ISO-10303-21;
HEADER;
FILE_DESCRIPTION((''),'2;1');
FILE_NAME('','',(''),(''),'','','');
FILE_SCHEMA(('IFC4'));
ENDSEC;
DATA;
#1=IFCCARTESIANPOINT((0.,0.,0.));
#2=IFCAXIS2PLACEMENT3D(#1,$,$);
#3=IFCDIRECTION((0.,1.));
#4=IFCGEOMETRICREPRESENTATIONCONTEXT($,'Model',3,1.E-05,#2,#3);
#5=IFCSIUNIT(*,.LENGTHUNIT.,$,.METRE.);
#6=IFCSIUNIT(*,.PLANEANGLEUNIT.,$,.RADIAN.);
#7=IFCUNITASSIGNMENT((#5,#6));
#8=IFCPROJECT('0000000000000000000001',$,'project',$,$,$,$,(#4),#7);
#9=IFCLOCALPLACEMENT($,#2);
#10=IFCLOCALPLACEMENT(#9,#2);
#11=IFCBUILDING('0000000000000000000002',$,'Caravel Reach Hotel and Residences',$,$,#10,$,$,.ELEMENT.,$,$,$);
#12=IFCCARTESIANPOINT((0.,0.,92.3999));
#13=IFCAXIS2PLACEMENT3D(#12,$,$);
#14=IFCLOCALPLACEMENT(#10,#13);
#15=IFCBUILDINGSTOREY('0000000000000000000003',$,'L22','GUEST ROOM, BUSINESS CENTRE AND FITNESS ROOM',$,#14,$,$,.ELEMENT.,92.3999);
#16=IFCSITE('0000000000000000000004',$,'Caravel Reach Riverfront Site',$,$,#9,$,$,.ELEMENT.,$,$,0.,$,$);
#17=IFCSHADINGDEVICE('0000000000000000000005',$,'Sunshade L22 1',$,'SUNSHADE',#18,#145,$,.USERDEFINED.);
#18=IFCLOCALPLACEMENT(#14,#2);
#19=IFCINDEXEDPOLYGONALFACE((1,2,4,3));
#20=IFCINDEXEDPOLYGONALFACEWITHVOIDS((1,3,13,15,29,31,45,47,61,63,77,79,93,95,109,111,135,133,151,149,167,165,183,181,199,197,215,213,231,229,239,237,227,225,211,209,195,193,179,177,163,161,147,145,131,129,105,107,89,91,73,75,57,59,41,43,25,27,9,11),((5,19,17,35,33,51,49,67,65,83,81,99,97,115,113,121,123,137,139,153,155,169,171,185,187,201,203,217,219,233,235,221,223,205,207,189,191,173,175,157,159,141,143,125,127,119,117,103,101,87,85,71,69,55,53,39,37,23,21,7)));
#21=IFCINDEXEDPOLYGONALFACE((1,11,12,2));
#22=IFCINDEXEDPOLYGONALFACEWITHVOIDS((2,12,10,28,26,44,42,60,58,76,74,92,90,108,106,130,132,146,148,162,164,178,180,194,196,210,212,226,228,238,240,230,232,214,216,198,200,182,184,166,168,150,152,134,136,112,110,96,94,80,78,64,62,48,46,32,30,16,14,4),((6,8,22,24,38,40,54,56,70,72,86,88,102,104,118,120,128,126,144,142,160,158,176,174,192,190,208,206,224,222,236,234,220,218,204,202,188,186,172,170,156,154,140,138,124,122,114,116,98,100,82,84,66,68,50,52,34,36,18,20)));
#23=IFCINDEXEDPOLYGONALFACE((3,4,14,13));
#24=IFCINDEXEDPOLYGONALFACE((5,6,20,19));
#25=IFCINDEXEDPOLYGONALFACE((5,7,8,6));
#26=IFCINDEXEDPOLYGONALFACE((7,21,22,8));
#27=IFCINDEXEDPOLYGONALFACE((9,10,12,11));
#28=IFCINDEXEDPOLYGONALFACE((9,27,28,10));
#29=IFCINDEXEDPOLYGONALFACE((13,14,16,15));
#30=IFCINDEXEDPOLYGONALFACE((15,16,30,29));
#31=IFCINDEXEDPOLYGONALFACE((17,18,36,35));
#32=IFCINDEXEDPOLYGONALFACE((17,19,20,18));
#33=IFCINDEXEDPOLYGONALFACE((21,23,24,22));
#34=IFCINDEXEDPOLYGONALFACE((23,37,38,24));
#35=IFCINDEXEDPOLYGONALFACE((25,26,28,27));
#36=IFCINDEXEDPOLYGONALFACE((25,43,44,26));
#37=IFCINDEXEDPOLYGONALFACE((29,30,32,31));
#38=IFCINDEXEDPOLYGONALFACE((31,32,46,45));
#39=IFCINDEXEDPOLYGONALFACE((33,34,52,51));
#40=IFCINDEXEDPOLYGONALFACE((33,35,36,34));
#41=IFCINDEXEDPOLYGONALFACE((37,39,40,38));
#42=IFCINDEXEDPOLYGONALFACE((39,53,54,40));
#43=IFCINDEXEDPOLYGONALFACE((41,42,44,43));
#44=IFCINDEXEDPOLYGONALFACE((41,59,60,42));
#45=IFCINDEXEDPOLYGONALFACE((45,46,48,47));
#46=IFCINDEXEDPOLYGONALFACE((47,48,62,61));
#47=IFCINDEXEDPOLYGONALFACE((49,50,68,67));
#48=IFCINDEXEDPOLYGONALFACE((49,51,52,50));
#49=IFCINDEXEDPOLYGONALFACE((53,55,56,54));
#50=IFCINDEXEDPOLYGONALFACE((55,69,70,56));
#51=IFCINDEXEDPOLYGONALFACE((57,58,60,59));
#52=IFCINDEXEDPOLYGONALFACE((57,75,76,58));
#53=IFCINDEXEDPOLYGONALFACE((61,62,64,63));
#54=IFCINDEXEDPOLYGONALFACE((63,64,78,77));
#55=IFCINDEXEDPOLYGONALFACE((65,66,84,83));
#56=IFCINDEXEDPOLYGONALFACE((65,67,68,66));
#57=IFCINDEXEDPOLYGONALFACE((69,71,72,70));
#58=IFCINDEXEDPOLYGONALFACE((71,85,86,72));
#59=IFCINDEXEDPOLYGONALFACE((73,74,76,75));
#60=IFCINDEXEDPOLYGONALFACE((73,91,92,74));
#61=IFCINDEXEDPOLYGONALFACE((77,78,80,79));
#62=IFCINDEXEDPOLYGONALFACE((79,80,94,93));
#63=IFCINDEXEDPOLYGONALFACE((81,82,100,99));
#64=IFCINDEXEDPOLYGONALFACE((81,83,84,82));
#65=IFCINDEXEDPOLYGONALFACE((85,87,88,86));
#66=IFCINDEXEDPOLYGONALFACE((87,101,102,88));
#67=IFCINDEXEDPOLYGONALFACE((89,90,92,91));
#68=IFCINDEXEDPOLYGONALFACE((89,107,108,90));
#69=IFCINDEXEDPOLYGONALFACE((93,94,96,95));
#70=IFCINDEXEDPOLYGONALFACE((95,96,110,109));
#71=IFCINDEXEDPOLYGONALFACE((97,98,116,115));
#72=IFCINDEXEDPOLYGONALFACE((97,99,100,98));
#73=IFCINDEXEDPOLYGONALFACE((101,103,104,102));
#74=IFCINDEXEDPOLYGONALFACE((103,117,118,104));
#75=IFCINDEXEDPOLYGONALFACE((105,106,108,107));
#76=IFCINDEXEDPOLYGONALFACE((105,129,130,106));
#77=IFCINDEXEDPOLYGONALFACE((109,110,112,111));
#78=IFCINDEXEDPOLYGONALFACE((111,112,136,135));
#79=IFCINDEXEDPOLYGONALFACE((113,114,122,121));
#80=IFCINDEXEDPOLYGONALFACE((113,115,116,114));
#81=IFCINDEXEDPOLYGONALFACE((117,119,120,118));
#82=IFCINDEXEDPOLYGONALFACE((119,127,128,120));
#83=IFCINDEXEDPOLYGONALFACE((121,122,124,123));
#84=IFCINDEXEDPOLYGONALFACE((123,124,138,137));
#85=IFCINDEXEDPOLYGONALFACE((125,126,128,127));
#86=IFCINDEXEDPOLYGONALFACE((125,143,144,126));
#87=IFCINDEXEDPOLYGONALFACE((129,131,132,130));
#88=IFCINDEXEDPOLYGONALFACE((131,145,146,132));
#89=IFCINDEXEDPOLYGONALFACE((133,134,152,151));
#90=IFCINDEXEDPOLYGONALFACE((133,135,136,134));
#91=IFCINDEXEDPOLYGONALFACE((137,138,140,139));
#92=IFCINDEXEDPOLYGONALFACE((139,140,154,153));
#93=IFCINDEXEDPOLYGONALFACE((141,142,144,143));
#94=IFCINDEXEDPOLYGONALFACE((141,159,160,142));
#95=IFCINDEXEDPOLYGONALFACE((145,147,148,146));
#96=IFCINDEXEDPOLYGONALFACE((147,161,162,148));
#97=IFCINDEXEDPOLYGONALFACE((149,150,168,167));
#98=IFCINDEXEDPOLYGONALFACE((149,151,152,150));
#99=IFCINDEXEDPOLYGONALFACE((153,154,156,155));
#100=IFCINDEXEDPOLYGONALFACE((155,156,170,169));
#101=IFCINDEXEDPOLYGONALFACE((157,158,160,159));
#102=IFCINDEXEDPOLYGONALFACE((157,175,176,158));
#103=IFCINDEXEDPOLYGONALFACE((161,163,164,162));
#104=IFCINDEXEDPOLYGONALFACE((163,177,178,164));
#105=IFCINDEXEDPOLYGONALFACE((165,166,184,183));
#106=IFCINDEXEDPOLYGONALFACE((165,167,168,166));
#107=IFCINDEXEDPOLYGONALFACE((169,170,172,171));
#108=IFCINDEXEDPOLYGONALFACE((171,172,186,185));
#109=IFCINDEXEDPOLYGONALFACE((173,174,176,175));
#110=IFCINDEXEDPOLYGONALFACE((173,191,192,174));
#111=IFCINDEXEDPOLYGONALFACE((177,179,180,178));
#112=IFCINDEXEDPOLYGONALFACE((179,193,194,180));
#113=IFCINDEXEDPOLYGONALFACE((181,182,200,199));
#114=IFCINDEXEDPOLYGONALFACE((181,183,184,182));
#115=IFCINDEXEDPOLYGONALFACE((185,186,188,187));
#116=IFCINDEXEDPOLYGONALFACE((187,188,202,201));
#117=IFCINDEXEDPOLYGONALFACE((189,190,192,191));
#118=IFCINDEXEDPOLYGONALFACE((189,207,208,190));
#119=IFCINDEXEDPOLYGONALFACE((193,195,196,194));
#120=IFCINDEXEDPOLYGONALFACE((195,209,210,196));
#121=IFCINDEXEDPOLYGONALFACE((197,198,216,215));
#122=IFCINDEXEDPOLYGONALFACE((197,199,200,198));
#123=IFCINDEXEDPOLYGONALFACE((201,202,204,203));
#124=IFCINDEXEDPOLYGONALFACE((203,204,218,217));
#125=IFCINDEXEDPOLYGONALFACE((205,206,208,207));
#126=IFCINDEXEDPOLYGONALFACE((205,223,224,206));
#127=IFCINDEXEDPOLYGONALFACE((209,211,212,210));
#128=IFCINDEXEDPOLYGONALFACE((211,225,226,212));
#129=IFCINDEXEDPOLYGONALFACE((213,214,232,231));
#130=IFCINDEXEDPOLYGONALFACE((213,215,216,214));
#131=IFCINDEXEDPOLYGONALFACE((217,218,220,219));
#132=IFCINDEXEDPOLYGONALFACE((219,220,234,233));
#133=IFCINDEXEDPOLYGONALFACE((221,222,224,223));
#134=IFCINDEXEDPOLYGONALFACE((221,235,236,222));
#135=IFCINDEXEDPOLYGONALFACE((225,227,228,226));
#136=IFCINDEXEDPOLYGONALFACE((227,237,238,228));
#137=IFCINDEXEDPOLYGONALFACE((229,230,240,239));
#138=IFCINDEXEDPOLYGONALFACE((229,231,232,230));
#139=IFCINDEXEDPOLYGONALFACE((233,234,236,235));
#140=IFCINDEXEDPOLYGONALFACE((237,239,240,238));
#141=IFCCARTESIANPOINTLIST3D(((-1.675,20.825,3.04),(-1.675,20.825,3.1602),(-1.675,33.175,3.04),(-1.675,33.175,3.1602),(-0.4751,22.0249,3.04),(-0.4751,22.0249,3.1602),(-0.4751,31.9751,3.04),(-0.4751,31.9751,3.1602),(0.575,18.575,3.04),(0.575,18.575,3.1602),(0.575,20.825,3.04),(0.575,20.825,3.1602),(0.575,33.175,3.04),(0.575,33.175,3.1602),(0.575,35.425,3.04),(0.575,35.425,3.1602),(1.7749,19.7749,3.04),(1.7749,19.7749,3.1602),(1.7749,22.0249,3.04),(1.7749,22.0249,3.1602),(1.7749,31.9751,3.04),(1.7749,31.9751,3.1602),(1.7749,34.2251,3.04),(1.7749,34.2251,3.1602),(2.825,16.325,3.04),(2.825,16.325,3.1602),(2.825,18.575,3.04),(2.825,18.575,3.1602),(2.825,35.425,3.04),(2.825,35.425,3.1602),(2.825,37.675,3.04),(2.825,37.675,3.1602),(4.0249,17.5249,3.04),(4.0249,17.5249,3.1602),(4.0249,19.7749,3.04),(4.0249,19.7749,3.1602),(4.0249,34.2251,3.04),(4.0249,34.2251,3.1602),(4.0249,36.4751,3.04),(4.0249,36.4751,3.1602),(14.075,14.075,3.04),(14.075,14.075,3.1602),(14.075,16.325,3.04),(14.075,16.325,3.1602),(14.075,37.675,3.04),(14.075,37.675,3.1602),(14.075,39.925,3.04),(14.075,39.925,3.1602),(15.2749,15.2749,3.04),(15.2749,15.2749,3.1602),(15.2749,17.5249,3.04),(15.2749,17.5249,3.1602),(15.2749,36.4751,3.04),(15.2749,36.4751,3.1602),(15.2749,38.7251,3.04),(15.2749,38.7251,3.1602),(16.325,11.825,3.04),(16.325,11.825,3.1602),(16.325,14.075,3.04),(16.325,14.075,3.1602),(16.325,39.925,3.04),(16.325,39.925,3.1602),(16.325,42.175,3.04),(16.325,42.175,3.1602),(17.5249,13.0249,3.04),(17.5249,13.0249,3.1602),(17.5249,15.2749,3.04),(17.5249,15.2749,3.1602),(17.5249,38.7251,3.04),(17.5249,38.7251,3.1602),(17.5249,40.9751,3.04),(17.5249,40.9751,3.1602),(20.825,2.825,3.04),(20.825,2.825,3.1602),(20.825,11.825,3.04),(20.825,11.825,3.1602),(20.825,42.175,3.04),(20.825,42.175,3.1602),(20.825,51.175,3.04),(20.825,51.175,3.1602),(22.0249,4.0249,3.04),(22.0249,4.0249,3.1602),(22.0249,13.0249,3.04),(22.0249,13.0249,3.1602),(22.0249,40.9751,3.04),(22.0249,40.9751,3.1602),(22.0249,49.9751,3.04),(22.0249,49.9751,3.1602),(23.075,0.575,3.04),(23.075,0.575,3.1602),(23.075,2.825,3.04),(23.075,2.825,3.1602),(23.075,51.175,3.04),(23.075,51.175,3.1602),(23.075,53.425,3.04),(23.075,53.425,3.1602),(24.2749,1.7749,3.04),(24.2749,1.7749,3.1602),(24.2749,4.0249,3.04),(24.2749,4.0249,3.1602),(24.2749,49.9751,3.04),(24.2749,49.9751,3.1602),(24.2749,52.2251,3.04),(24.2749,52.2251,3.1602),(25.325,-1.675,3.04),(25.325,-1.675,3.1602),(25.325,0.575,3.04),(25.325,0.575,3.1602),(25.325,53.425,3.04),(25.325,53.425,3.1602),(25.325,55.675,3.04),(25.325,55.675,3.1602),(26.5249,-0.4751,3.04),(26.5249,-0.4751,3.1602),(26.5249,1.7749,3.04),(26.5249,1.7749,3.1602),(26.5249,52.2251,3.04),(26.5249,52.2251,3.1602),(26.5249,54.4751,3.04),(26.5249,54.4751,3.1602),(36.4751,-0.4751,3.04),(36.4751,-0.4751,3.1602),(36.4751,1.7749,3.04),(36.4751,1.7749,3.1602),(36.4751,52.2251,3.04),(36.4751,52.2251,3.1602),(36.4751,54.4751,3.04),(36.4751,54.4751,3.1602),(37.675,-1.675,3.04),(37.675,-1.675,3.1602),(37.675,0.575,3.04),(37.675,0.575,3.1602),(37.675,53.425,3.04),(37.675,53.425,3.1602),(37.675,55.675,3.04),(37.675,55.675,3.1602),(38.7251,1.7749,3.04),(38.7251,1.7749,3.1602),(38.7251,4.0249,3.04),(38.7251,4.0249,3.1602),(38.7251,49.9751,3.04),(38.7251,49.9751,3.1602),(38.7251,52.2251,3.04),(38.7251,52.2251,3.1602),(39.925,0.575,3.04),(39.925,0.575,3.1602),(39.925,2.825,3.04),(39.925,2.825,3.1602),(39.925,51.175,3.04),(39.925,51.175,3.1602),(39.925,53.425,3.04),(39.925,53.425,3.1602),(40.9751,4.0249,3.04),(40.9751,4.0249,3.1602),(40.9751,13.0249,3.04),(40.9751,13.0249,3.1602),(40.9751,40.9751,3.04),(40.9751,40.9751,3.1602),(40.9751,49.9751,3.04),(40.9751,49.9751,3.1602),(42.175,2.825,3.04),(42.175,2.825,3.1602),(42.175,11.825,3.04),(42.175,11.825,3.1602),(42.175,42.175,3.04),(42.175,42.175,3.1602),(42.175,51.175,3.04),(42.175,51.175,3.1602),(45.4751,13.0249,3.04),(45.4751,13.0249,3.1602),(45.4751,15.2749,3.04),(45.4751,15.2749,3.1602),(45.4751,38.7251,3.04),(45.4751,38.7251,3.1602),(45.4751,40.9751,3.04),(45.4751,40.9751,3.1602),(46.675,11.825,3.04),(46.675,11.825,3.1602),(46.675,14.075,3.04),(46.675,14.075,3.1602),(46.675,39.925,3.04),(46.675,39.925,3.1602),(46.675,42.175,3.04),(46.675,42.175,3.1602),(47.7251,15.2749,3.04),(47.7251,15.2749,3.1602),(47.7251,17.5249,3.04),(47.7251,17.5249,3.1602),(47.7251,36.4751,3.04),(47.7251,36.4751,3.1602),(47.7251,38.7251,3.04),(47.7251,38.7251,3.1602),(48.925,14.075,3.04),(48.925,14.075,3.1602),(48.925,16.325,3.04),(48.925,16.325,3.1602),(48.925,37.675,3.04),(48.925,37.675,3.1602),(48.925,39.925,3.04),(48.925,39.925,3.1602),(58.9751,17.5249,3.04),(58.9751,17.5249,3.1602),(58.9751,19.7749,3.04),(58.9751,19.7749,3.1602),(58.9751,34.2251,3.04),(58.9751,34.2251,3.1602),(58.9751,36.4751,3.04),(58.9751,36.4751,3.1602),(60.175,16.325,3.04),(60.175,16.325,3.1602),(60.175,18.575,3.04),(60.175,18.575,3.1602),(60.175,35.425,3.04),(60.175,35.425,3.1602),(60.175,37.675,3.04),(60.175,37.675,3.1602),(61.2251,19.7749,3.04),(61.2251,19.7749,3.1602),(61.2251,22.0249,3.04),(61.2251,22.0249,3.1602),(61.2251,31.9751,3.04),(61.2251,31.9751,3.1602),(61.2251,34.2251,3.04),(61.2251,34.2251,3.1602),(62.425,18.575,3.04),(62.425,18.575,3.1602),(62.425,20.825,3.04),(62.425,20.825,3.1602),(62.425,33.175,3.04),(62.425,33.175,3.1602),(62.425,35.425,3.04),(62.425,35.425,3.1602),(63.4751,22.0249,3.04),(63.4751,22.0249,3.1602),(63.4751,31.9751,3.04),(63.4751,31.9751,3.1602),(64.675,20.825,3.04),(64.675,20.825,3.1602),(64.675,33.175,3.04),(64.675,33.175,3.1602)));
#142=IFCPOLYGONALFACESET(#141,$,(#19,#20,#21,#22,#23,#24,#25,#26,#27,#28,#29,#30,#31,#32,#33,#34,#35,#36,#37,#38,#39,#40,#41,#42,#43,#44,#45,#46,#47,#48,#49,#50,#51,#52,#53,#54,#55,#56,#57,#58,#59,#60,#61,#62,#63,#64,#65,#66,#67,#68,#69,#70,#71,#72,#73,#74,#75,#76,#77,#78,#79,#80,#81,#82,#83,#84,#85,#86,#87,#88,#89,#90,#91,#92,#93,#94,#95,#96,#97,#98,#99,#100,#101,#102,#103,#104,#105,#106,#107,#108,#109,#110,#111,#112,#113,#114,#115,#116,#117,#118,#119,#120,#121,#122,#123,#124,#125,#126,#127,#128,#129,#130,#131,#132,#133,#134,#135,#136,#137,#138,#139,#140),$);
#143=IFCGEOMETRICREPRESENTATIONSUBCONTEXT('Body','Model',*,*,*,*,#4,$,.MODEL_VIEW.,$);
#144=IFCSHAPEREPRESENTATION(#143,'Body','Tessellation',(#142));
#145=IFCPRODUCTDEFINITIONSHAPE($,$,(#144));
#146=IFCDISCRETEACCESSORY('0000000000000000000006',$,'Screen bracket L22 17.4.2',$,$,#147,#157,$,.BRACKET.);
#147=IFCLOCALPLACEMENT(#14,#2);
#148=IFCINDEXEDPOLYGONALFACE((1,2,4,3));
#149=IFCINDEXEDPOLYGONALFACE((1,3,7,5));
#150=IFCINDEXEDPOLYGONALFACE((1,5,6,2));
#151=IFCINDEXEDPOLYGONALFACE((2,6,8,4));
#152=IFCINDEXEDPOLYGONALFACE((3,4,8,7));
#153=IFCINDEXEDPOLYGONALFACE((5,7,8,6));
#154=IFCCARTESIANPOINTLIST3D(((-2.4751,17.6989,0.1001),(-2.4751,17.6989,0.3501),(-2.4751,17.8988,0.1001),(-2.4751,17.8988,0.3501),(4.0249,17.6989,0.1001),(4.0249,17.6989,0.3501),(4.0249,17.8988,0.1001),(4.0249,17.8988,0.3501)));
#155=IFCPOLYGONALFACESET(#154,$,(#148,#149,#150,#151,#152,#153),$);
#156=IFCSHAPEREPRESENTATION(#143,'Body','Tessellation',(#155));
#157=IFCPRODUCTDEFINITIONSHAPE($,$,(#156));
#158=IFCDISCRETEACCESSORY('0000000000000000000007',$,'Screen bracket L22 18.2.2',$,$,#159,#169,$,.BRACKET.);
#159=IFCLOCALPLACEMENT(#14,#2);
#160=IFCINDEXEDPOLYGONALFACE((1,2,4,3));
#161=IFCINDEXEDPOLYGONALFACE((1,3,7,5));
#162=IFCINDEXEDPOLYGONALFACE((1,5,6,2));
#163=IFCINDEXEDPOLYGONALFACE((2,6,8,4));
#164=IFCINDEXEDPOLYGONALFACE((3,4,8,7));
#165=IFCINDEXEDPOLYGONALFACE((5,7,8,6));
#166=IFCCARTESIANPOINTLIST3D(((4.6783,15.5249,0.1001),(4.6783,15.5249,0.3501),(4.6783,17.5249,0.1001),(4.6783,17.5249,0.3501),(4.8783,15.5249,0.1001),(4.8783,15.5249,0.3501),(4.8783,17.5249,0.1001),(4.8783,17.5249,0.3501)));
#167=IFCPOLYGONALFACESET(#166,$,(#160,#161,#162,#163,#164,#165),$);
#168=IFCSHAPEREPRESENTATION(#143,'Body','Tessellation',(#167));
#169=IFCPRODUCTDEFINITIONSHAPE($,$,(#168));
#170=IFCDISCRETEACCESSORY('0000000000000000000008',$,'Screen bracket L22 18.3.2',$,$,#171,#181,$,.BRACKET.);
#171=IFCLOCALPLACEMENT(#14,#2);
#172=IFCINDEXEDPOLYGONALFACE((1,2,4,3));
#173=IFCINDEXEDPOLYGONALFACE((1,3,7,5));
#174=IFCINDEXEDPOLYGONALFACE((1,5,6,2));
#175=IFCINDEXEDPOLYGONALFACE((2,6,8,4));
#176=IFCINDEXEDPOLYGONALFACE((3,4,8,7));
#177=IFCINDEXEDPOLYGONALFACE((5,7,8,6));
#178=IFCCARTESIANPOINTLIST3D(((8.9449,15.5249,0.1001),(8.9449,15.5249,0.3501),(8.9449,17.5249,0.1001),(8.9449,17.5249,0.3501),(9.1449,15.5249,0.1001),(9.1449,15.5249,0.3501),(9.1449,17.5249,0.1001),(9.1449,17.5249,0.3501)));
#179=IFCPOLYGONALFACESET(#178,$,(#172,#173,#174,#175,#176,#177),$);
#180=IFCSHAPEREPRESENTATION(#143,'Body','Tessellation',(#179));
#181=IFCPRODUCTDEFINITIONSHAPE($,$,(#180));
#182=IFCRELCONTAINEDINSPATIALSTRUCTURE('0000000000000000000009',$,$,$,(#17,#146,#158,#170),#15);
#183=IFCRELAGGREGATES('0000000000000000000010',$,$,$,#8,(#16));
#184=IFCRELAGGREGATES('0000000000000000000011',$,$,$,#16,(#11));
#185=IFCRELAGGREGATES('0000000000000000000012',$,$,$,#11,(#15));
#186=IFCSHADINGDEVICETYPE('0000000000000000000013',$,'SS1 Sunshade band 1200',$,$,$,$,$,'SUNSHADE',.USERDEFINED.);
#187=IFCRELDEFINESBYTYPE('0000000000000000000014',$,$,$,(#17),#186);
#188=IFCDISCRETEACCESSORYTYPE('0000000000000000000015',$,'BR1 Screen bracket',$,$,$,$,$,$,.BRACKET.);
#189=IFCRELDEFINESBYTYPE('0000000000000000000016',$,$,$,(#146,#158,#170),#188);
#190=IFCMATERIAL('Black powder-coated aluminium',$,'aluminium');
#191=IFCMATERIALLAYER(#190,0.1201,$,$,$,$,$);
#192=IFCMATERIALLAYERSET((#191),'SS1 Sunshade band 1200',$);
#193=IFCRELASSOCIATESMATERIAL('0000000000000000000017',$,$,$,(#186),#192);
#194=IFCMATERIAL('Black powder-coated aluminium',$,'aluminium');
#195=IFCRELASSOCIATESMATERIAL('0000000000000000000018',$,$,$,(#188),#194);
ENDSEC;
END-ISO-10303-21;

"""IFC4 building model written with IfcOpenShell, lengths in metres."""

from ifc_helpers import new_model, si_unit, direction, frame, origin, origin_2d, place, context, subcontext, project, spatial, polyline, rectangle, outline, extrude, material, layer, layer_set, type_object, element, save


model = new_model("IFC4")

# Units and contexts
model_context = context("Model", 3, precision=1e-05, world=origin(), true_north=direction((0.0, 1.0)))
body_context = subcontext(model_context, "Body", "Model", "MODEL_VIEW")
ifc_project = project(units=[si_unit("LENGTHUNIT", "METRE"), si_unit("PLANEANGLEUNIT", "RADIAN")], contexts=[model_context])

# Site, building, storey
site_placement = place(None, origin())
site = spatial("IfcSite", under=ifc_project, at=site_placement, Name="Caravel Reach Riverfront Site", CompositionType="ELEMENT", RefElevation=0.0)
building_placement = place(site_placement, origin())
building = spatial("IfcBuilding", under=site, at=building_placement, Name="Caravel Reach Hotel and Residences", CompositionType="ELEMENT")
storey_placement = place(building_placement, frame((0.0, 0.0, 92.3999)))
storey = spatial("IfcBuildingStorey", under=building, at=storey_placement, Name="L22", Description="GUEST ROOM, BUSINESS CENTRE AND FITNESS ROOM", CompositionType="ELEMENT", Elevation=92.3999)

# Shading device
ifc_material_1 = material(Name="Black powder-coated aluminium", Category="aluminium")
ifc_layer_1 = layer(ifc_material_1, 0.1201)
ifc_layer_set_1 = layer_set([ifc_layer_1], Name="SS1 Sunshade band 1200")
shading_device_type = type_object("IfcShadingDeviceType", Name="SS1 Sunshade band 1200", ElementType="SUNSHADE", PredefinedType="USERDEFINED", material=ifc_layer_set_1)
shading_device_placement = place(storey_placement, frame((0.0, 0.0, 3.04)))
element("IfcShadingDevice", 1, at=shading_device_placement, inside=storey, type_object=shading_device_type, Name="Sunshade L22 1", ObjectType="SUNSHADE", PredefinedType="USERDEFINED", context=body_context, shape_type="SweptSolid", body=[
    extrude(outline(polyline([(20.825, 11.825), (20.825, 2.825), (23.075, 2.825), (23.075, 0.575), (25.325, 0.575), (25.325, -1.675), (37.675, -1.675), (37.675, 0.575), (39.925, 0.575), (39.925, 2.825), (42.175, 2.825), (42.175, 11.825), (46.675, 11.825), (46.675, 14.075), (48.925, 14.075), (48.925, 16.325), (60.175, 16.325), (60.175, 18.575), (62.425, 18.575), (62.425, 20.825), (64.675, 20.825), (64.675, 33.175), (62.425, 33.175), (62.425, 35.425), (60.175, 35.425), (60.175, 37.675), (48.925, 37.675), (48.925, 39.925), (46.675, 39.925), (46.675, 42.175), (42.175, 42.175), (42.175, 51.175), (39.925, 51.175), (39.925, 53.425), (37.675, 53.425), (37.675, 55.675), (25.325, 55.675), (25.325, 53.425), (23.075, 53.425), (23.075, 51.175), (20.825, 51.175), (20.825, 42.175), (16.325, 42.175), (16.325, 39.925), (14.075, 39.925), (14.075, 37.675), (2.825, 37.675), (2.825, 35.425), (0.575, 35.425), (0.575, 33.175), (-1.675, 33.175), (-1.675, 20.825), (0.575, 20.825), (0.575, 18.575), (2.825, 18.575), (2.825, 16.325), (14.075, 16.325), (14.075, 14.075), (16.325, 14.075), (16.325, 11.825), (20.825, 11.825)]), holes=[polyline([(24.2749, 4.0249), (22.0249, 4.0249), (22.0249, 13.0249), (17.5249, 13.0249), (17.5249, 15.2749), (15.2749, 15.2749), (15.2749, 17.5249), (4.0249, 17.5249), (4.0249, 19.7749), (1.7749, 19.7749), (1.7749, 22.0249), (-0.4751, 22.0249), (-0.4751, 31.9751), (1.7749, 31.9751), (1.7749, 34.2251), (4.0249, 34.2251), (4.0249, 36.4751), (15.2749, 36.4751), (15.2749, 38.7251), (17.5249, 38.7251), (17.5249, 40.9751), (22.0249, 40.9751), (22.0249, 49.9751), (24.2749, 49.9751), (24.2749, 52.2251), (26.5249, 52.2251), (26.5249, 54.4751), (36.4751, 54.4751), (36.4751, 52.2251), (38.7251, 52.2251), (38.7251, 49.9751), (40.9751, 49.9751), (40.9751, 40.9751), (45.4751, 40.9751), (45.4751, 38.7251), (47.7251, 38.7251), (47.7251, 36.4751), (58.9751, 36.4751), (58.9751, 34.2251), (61.2251, 34.2251), (61.2251, 31.9751), (63.4751, 31.9751), (63.4751, 22.0249), (61.2251, 22.0249), (61.2251, 19.7749), (58.9751, 19.7749), (58.9751, 17.5249), (47.7251, 17.5249), (47.7251, 15.2749), (45.4751, 15.2749), (45.4751, 13.0249), (40.9751, 13.0249), (40.9751, 4.0249), (38.7251, 4.0249), (38.7251, 1.7749), (36.4751, 1.7749), (36.4751, -0.4751), (26.5249, -0.4751), (26.5249, 1.7749), (24.2749, 1.7749), (24.2749, 4.0249)])]), origin(), (0.0, 0.0, 1.0), 0.1201),
])

# Discrete accessories
ifc_material_2 = material(Name="Black powder-coated aluminium", Category="aluminium")
discrete_accessory_type = type_object("IfcDiscreteAccessoryType", Name="BR1 Screen bracket", PredefinedType="BRACKET", material=ifc_material_2)
discrete_accessory_1_placement = place(storey_placement, frame((0.7749, 17.7988, 0.1001), z_axis=(0.0, 0.0, 1.0), x_axis=(-1.0, 0.0, 0.0)))
element("IfcDiscreteAccessory", 2, at=discrete_accessory_1_placement, inside=storey, type_object=discrete_accessory_type, Name="Screen bracket L22 17.4.2", PredefinedType="BRACKET", context=body_context, shape_type="SweptSolid", body=[
    extrude(rectangle(XDim=6.5, YDim=0.2, at=origin_2d()), origin(), (0.0, 0.0, 1.0), 0.25),
])
for number, where, z_axis, x_axis, name in (
    (3, (4.7783, 16.5249, 0.1001), (0.0, 0.0, 1.0), (0.0, -1.0, 0.0), "Screen bracket L22 18.2.2"),
    (4, (9.0449, 16.5249, 0.1001), (0.0, 0.0, 1.0), (0.0, -1.0, 0.0), "Screen bracket L22 18.3.2"),
):
    element("IfcDiscreteAccessory", number, at=place(storey_placement, frame(where, z_axis=z_axis, x_axis=x_axis)), inside=storey, type_object=discrete_accessory_type, Name=name, PredefinedType="BRACKET", context=body_context, shape_type="SweptSolid", body=[
        extrude(rectangle(XDim=2.0, YDim=0.2, at=origin_2d()), origin(), (0.0, 0.0, 1.0), 0.25),
    ])

save(model, "model.ifc")
